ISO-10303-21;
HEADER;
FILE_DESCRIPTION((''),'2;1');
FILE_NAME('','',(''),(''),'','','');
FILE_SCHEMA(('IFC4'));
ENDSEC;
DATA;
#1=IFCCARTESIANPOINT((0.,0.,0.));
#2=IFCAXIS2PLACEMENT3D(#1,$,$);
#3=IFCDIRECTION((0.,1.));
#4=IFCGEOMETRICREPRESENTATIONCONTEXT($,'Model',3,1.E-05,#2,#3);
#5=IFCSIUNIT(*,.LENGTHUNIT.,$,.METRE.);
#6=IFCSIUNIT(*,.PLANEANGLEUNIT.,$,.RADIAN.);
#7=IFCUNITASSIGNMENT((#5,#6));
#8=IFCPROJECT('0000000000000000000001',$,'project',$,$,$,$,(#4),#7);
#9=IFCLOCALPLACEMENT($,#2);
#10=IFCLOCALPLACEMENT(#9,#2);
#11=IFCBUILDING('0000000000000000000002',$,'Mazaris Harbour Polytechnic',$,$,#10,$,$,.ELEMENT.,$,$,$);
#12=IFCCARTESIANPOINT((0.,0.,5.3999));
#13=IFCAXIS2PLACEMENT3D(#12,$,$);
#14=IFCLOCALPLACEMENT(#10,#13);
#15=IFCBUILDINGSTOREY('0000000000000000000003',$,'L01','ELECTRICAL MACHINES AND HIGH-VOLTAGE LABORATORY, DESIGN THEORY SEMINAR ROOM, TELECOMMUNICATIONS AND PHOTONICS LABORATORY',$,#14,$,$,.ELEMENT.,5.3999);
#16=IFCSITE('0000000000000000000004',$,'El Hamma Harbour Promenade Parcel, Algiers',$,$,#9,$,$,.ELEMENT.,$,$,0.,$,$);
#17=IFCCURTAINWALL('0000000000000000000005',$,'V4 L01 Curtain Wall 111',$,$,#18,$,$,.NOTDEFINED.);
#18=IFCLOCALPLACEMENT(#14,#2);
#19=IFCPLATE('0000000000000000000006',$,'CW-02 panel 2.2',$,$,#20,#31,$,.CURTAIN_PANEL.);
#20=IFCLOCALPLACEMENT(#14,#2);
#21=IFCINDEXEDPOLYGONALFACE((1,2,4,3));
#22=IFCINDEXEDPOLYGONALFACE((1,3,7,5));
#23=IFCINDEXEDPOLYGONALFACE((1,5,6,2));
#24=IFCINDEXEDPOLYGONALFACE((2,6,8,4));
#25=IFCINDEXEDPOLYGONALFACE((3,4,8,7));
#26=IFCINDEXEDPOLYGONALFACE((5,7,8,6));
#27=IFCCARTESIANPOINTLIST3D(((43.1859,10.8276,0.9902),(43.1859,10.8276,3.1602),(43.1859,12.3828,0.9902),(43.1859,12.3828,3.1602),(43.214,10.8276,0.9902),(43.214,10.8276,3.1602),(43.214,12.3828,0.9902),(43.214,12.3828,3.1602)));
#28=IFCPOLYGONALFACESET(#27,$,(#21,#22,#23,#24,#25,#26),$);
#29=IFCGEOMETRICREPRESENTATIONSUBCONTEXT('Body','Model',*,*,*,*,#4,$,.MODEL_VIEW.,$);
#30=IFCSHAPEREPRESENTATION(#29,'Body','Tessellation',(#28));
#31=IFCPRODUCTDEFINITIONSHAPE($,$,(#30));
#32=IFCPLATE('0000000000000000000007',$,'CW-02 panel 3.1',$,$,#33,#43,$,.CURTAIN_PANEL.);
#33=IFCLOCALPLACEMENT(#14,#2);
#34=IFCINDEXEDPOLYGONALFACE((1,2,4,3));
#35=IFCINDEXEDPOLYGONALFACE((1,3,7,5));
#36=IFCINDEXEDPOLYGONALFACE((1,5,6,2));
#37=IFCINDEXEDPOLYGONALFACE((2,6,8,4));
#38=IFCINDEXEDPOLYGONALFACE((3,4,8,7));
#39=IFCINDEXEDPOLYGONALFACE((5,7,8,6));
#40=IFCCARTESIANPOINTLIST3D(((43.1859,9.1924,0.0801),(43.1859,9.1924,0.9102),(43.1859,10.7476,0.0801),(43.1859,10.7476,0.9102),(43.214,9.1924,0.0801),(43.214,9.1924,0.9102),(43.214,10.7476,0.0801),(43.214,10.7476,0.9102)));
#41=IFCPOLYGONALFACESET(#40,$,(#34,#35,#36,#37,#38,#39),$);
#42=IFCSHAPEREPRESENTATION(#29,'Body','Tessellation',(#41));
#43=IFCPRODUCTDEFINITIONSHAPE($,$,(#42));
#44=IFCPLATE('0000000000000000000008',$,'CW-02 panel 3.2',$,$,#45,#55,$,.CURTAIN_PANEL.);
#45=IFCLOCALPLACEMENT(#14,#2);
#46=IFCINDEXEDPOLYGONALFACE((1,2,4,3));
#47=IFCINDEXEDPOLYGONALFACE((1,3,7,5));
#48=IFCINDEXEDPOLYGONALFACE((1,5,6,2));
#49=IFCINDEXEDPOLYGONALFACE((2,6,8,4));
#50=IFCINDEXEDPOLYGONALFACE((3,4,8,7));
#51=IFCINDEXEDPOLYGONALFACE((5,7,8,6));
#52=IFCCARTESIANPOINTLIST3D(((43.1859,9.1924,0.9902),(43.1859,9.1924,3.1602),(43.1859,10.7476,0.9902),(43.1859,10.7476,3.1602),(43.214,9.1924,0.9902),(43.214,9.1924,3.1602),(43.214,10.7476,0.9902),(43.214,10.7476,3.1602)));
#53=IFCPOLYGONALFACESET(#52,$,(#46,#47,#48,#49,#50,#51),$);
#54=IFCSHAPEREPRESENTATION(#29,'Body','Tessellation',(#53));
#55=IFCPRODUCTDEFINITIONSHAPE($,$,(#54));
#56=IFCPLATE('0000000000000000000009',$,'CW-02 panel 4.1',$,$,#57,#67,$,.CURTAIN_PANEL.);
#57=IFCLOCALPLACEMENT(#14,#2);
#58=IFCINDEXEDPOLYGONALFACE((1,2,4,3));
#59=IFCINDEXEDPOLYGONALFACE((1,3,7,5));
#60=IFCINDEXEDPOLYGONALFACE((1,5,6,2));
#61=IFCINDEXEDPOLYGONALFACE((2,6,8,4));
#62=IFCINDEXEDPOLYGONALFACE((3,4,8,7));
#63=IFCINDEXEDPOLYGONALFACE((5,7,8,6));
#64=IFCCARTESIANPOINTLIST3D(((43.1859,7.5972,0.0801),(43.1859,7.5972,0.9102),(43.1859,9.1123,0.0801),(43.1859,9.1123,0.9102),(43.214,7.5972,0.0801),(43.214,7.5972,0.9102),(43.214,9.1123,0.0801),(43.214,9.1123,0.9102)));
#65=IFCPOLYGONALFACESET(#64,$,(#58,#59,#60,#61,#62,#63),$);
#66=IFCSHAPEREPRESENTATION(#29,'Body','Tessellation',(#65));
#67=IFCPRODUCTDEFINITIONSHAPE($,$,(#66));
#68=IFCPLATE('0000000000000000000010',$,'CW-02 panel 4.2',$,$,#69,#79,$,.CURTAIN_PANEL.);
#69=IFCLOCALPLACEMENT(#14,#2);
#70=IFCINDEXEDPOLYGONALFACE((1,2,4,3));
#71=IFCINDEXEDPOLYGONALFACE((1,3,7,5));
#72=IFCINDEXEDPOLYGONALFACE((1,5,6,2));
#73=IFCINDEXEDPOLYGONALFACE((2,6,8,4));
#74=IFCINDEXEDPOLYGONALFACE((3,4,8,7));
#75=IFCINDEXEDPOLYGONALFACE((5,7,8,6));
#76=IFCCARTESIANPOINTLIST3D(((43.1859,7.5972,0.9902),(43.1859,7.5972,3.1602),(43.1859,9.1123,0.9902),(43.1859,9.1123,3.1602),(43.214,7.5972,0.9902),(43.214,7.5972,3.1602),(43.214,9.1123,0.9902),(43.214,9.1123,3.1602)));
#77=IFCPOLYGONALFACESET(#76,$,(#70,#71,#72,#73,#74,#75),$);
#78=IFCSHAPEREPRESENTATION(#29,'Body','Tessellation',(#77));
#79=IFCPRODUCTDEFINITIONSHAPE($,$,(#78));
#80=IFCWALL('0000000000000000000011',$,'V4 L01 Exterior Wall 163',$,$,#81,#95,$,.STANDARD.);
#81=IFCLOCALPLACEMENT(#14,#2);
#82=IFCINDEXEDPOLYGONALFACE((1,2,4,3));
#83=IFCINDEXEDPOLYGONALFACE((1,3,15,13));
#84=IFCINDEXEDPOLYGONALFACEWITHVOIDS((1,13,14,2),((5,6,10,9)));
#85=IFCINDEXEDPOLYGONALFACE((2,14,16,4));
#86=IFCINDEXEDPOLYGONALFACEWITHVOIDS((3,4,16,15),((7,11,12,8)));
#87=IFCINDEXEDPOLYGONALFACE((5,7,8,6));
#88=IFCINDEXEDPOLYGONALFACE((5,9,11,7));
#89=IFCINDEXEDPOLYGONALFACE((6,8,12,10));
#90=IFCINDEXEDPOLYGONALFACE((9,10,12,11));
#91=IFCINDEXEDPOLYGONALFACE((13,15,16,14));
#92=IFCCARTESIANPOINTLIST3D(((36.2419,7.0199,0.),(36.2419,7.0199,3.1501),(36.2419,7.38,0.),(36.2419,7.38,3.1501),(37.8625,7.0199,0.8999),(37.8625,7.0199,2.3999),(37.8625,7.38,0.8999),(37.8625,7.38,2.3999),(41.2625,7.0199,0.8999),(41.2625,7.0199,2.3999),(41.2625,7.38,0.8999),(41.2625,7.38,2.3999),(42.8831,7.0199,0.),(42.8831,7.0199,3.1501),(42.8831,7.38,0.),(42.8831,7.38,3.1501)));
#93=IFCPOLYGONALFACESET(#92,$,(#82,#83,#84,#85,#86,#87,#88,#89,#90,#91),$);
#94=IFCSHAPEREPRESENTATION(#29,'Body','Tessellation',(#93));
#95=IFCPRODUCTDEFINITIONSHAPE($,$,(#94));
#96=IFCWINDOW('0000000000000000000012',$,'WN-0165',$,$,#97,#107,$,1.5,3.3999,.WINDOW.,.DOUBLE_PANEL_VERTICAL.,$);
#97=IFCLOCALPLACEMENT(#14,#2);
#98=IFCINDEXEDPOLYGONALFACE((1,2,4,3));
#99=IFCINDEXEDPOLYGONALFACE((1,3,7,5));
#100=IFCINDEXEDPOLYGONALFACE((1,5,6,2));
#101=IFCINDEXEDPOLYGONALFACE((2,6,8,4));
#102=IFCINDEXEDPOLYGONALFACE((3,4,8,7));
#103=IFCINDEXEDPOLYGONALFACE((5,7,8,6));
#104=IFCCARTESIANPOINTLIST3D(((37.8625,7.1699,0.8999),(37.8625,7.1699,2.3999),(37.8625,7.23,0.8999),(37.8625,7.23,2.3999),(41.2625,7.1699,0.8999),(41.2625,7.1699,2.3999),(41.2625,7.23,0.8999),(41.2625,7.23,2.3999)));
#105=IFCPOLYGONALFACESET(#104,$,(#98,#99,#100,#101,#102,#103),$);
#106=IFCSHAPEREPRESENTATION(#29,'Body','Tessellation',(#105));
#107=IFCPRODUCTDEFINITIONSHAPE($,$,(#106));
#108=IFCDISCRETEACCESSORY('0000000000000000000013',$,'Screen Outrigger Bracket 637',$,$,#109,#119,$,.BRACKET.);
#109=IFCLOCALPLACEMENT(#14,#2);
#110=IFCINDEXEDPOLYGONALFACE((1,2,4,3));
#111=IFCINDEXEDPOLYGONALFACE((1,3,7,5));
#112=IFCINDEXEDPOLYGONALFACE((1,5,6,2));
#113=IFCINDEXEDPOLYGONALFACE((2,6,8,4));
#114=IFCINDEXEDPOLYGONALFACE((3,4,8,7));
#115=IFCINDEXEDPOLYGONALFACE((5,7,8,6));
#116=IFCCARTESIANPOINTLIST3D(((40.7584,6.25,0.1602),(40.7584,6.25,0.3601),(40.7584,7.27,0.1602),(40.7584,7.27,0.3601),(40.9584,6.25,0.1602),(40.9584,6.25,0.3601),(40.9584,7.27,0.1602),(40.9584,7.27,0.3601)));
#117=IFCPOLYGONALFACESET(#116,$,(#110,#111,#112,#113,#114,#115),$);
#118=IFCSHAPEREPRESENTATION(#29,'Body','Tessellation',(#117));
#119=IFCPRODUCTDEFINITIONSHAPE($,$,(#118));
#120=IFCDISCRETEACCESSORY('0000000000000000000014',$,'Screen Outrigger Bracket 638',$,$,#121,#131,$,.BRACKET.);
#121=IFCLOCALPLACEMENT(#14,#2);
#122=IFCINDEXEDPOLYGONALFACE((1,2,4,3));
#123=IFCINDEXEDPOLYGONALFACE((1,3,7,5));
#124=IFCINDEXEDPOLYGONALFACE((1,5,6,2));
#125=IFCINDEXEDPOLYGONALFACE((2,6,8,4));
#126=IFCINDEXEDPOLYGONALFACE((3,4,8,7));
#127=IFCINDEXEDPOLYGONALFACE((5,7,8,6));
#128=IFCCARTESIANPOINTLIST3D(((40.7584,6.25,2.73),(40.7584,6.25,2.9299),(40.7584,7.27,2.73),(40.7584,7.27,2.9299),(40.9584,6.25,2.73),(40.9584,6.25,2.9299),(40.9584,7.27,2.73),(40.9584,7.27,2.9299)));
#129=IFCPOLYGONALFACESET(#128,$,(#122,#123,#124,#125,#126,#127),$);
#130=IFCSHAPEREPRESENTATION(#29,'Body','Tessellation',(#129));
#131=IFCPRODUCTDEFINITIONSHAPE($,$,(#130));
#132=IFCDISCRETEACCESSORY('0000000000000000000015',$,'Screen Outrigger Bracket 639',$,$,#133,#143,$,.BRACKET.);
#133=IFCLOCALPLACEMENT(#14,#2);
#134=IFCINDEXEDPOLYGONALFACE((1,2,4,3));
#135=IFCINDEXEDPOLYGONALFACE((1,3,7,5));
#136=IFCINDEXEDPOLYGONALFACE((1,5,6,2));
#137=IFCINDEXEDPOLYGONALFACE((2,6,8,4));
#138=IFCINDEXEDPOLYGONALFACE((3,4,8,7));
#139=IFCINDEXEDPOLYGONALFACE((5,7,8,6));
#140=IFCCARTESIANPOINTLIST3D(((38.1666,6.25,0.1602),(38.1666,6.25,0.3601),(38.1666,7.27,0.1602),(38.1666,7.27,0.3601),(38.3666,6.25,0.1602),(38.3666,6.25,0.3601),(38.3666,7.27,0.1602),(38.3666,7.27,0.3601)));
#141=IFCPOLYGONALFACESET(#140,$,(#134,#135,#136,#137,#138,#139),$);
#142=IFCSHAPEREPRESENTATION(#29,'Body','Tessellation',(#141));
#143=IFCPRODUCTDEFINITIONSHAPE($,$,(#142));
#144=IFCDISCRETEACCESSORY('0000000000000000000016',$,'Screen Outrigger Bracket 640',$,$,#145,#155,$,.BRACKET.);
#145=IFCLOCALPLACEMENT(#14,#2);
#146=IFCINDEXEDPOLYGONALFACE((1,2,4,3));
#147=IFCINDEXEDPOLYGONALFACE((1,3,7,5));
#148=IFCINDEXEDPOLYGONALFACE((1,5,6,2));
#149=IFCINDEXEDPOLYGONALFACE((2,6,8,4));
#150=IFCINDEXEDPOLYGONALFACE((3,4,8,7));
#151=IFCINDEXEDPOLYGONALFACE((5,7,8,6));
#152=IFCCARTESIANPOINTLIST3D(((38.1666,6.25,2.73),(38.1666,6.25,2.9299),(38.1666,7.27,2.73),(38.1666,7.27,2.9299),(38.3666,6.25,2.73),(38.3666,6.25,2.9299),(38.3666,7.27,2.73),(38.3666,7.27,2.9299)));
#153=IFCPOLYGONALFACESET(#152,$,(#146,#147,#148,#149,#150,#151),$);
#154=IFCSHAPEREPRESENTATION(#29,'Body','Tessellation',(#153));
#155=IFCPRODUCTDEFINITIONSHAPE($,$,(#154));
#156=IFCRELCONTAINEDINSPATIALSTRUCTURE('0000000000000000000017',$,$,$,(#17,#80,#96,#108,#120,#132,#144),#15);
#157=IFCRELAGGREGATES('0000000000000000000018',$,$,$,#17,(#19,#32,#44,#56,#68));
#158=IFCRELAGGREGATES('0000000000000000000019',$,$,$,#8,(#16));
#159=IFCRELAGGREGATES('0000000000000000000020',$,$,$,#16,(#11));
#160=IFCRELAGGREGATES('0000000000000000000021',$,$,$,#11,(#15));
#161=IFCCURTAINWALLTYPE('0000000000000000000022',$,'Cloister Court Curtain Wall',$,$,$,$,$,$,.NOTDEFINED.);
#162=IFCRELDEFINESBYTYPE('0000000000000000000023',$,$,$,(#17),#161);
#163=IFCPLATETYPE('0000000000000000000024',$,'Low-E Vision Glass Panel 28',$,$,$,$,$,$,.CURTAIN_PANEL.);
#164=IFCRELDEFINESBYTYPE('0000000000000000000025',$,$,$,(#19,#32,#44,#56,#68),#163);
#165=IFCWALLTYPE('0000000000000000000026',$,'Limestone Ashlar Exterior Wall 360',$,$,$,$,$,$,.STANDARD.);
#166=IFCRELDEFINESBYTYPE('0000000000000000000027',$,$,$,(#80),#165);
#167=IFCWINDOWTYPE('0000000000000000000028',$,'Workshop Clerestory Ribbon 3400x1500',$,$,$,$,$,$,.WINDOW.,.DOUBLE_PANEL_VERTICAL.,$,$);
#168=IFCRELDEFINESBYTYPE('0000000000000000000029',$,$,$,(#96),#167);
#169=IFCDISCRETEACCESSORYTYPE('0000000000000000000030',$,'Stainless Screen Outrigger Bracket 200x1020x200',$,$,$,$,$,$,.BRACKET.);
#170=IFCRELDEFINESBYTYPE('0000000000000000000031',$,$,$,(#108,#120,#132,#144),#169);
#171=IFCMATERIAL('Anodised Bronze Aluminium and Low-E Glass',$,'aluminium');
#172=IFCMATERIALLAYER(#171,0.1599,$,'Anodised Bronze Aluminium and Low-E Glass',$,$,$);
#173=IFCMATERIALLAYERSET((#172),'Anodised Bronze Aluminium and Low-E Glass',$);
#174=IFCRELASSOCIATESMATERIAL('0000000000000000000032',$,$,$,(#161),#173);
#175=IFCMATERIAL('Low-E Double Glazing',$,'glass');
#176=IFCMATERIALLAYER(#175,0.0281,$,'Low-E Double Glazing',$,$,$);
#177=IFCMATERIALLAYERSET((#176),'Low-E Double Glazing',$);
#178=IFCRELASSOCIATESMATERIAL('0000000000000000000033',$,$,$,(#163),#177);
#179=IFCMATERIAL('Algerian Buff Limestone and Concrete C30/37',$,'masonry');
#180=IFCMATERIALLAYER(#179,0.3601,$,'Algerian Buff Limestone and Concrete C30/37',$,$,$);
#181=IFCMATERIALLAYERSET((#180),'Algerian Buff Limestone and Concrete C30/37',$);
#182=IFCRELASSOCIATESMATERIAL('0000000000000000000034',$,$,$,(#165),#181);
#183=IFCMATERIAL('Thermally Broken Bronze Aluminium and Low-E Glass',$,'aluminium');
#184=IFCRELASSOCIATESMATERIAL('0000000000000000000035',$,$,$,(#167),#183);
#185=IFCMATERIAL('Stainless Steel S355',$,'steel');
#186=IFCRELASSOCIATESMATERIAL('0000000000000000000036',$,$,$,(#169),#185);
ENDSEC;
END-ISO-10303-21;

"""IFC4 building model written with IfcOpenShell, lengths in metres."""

from ifc_helpers import new_model, si_unit, direction, frame, frame_2d, origin, origin_2d, place, context, subcontext, project, spatial, rectangle, extrude, material, layer, layer_set, type_object, element, fill, aggregate, save


model = new_model("IFC4")

# Units and contexts
model_context = context("Model", 3, precision=1e-05, world=origin(), true_north=direction((0.0, 1.0)))
body_context = subcontext(model_context, "Body", "Model", "MODEL_VIEW")
ifc_project = project(units=[si_unit("LENGTHUNIT", "METRE"), si_unit("PLANEANGLEUNIT", "RADIAN")], contexts=[model_context])

# Site, building, storey
site_placement = place(None, origin())
site = spatial("IfcSite", under=ifc_project, at=site_placement, Name="El Hamma Harbour Promenade Parcel, Algiers", CompositionType="ELEMENT", RefElevation=0.0)
building_placement = place(site_placement, origin())
building = spatial("IfcBuilding", under=site, at=building_placement, Name="Mazaris Harbour Polytechnic", CompositionType="ELEMENT")
storey_placement = place(building_placement, frame((0.0, 0.0, 5.3999)))
storey = spatial("IfcBuildingStorey", under=building, at=storey_placement, Name="L01", Description="ELECTRICAL MACHINES AND HIGH-VOLTAGE LABORATORY, DESIGN THEORY SEMINAR ROOM, TELECOMMUNICATIONS AND PHOTONICS LABORATORY", CompositionType="ELEMENT", Elevation=5.3999)

# Curtain wall
ifc_material_1 = material(Name="Anodised Bronze Aluminium and Low-E Glass", Category="aluminium")
ifc_layer_1 = layer(ifc_material_1, 0.1599, Name="Anodised Bronze Aluminium and Low-E Glass")
ifc_layer_set_1 = layer_set([ifc_layer_1], Name="Anodised Bronze Aluminium and Low-E Glass")
curtain_wall_type = type_object("IfcCurtainWallType", Name="Cloister Court Curtain Wall", PredefinedType="NOTDEFINED", material=ifc_layer_set_1)
curtain_wall_placement = place(storey_placement, origin())
curtain_wall = element("IfcCurtainWall", 1, at=curtain_wall_placement, inside=storey, type_object=curtain_wall_type, Name="V4 L01 Curtain Wall 111", PredefinedType="NOTDEFINED")

# Plates
ifc_material_2 = material(Name="Low-E Double Glazing", Category="glass")
ifc_layer_2 = layer(ifc_material_2, 0.0281, Name="Low-E Double Glazing")
ifc_layer_set_2 = layer_set([ifc_layer_2], Name="Low-E Double Glazing")
plate_type = type_object("IfcPlateType", Name="Low-E Vision Glass Panel 28", PredefinedType="CURTAIN_PANEL", material=ifc_layer_set_2)
plate_1_placement = place(storey_placement, frame((43.2, 11.6052, 0.9902), z_axis=(0.0, 0.0, 1.0), x_axis=(0.0, -1.0, 0.0)))
plate_1 = element("IfcPlate", 2, at=plate_1_placement, type_object=plate_type, Name="CW-02 panel 2.2", PredefinedType="CURTAIN_PANEL", context=body_context, shape_type="SweptSolid", body=[
    extrude(rectangle(XDim=1.5552, YDim=0.0281, at=origin_2d()), origin(), (0.0, 0.0, 1.0), 2.1699),
])
plate_2_placement = place(storey_placement, frame((43.2, 9.97, 0.0801), z_axis=(0.0, 0.0, 1.0), x_axis=(0.0, -1.0, 0.0)))
plate_2 = element("IfcPlate", 3, at=plate_2_placement, type_object=plate_type, Name="CW-02 panel 3.1", PredefinedType="CURTAIN_PANEL", context=body_context, shape_type="SweptSolid", body=[
    extrude(rectangle(XDim=1.5552, YDim=0.0281, at=origin_2d()), origin(), (0.0, 0.0, 1.0), 0.8301),
])
plate_3_placement = place(storey_placement, frame((43.2, 9.97, 0.9902), z_axis=(0.0, 0.0, 1.0), x_axis=(0.0, -1.0, 0.0)))
plate_3 = element("IfcPlate", 4, at=plate_3_placement, type_object=plate_type, Name="CW-02 panel 3.2", PredefinedType="CURTAIN_PANEL", context=body_context, shape_type="SweptSolid", body=[
    extrude(rectangle(XDim=1.5552, YDim=0.0281, at=origin_2d()), origin(), (0.0, 0.0, 1.0), 2.1699),
])
plate_4_placement = place(storey_placement, frame((43.2, 8.3547, 0.0801), z_axis=(0.0, 0.0, 1.0), x_axis=(0.0, -1.0, 0.0)))
plate_4 = element("IfcPlate", 5, at=plate_4_placement, type_object=plate_type, Name="CW-02 panel 4.1", PredefinedType="CURTAIN_PANEL", context=body_context, shape_type="SweptSolid", body=[
    extrude(rectangle(XDim=1.5151, YDim=0.0281, at=origin_2d()), origin(), (0.0, 0.0, 1.0), 0.8301),
])
plate_5_placement = place(storey_placement, frame((43.2, 8.3547, 0.9902), z_axis=(0.0, 0.0, 1.0), x_axis=(0.0, -1.0, 0.0)))
plate_5 = element("IfcPlate", 6, at=plate_5_placement, type_object=plate_type, Name="CW-02 panel 4.2", PredefinedType="CURTAIN_PANEL", context=body_context, shape_type="SweptSolid", body=[
    extrude(rectangle(XDim=1.5151, YDim=0.0281, at=origin_2d()), origin(), (0.0, 0.0, 1.0), 2.1699),
])
aggregate(curtain_wall, [plate_1, plate_2, plate_3, plate_4, plate_5])

# Wall, opening, window
ifc_material_3 = material(Name="Algerian Buff Limestone and Concrete C30/37", Category="masonry")
ifc_layer_3 = layer(ifc_material_3, 0.3601, Name="Algerian Buff Limestone and Concrete C30/37")
ifc_layer_set_3 = layer_set([ifc_layer_3], Name="Algerian Buff Limestone and Concrete C30/37")
wall_type = type_object("IfcWallType", Name="Limestone Ashlar Exterior Wall 360", PredefinedType="STANDARD", material=ifc_layer_set_3)
wall_placement = place(storey_placement, frame((42.8831, 7.2, 0.0), z_axis=(0.0, 0.0, 1.0), x_axis=(-1.0, 0.0, 0.0)))
wall = element("IfcWall", 7, at=wall_placement, inside=storey, type_object=wall_type, Name="V4 L01 Exterior Wall 163", PredefinedType="STANDARD", context=body_context, shape_type="SweptSolid", body=[
    extrude(rectangle(XDim=6.6411, YDim=0.3601, at=frame_2d((3.3206, 0.0))), origin(), (0.0, 0.0, 1.0), 3.1501),
])
opening_placement = place(wall_placement, frame((1.6206, 0.0, 0.8999)))
opening = element("IfcOpeningElement", 8, at=opening_placement, cuts=wall, PredefinedType="OPENING", context=body_context, shape_type="SweptSolid", body=[
    extrude(rectangle(XDim=3.3999, YDim=1.5, at=frame_2d((1.7, 0.75))), frame((0.0, 0.1899, 0.0), z_axis=(0.0, -1.0, 0.0), x_axis=(1.0, 0.0, 0.0)), (0.0, 0.0, 1.0), 0.3801),
])
ifc_material_4 = material(Name="Thermally Broken Bronze Aluminium and Low-E Glass", Category="aluminium")
window_type = type_object("IfcWindowType", Name="Workshop Clerestory Ribbon 3400x1500", PartitioningType="DOUBLE_PANEL_VERTICAL", PredefinedType="WINDOW", material=ifc_material_4)
window_placement = place(opening_placement, origin())
window = element("IfcWindow", 9, at=window_placement, inside=storey, type_object=window_type, Name="WN-0165", OverallHeight=1.5, OverallWidth=3.3999, PartitioningType="DOUBLE_PANEL_VERTICAL", PredefinedType="WINDOW", context=body_context, shape_type="SweptSolid", body=[
    extrude(rectangle(XDim=3.3999, YDim=1.5, at=frame_2d((1.7, 0.75))), frame((0.0, 0.03, 0.0), z_axis=(0.0, -1.0, 0.0), x_axis=(1.0, 0.0, 0.0)), (0.0, 0.0, 1.0), 0.0601),
])
fill(opening, window)

# Discrete accessories
ifc_material_5 = material(Name="Stainless Steel S355", Category="steel")
discrete_accessory_type = type_object("IfcDiscreteAccessoryType", Name="Stainless Screen Outrigger Bracket 200x1020x200", PredefinedType="BRACKET", material=ifc_material_5)
for number, where, z_axis, x_axis, name in (
    (10, (40.8584, 6.76, 0.1602), (0.0, 0.0, 1.0), (-1.0, 0.0, 0.0), "Screen Outrigger Bracket 637"),
    (11, (40.8584, 6.76, 2.73), (0.0, 0.0, 1.0), (-1.0, 0.0, 0.0), "Screen Outrigger Bracket 638"),
    (12, (38.2666, 6.76, 0.1602), (0.0, 0.0, 1.0), (-1.0, 0.0, 0.0), "Screen Outrigger Bracket 639"),
    (13, (38.2666, 6.76, 2.73), (0.0, 0.0, 1.0), (-1.0, 0.0, 0.0), "Screen Outrigger Bracket 640"),
):
    element("IfcDiscreteAccessory", number, at=place(storey_placement, frame(where, z_axis=z_axis, x_axis=x_axis)), inside=storey, type_object=discrete_accessory_type, Name=name, PredefinedType="BRACKET", context=body_context, shape_type="SweptSolid", body=[
        extrude(rectangle(XDim=0.2, YDim=1.02, at=origin_2d()), origin(), (0.0, 0.0, 1.0), 0.2),
    ])

save(model, "model.ifc")
